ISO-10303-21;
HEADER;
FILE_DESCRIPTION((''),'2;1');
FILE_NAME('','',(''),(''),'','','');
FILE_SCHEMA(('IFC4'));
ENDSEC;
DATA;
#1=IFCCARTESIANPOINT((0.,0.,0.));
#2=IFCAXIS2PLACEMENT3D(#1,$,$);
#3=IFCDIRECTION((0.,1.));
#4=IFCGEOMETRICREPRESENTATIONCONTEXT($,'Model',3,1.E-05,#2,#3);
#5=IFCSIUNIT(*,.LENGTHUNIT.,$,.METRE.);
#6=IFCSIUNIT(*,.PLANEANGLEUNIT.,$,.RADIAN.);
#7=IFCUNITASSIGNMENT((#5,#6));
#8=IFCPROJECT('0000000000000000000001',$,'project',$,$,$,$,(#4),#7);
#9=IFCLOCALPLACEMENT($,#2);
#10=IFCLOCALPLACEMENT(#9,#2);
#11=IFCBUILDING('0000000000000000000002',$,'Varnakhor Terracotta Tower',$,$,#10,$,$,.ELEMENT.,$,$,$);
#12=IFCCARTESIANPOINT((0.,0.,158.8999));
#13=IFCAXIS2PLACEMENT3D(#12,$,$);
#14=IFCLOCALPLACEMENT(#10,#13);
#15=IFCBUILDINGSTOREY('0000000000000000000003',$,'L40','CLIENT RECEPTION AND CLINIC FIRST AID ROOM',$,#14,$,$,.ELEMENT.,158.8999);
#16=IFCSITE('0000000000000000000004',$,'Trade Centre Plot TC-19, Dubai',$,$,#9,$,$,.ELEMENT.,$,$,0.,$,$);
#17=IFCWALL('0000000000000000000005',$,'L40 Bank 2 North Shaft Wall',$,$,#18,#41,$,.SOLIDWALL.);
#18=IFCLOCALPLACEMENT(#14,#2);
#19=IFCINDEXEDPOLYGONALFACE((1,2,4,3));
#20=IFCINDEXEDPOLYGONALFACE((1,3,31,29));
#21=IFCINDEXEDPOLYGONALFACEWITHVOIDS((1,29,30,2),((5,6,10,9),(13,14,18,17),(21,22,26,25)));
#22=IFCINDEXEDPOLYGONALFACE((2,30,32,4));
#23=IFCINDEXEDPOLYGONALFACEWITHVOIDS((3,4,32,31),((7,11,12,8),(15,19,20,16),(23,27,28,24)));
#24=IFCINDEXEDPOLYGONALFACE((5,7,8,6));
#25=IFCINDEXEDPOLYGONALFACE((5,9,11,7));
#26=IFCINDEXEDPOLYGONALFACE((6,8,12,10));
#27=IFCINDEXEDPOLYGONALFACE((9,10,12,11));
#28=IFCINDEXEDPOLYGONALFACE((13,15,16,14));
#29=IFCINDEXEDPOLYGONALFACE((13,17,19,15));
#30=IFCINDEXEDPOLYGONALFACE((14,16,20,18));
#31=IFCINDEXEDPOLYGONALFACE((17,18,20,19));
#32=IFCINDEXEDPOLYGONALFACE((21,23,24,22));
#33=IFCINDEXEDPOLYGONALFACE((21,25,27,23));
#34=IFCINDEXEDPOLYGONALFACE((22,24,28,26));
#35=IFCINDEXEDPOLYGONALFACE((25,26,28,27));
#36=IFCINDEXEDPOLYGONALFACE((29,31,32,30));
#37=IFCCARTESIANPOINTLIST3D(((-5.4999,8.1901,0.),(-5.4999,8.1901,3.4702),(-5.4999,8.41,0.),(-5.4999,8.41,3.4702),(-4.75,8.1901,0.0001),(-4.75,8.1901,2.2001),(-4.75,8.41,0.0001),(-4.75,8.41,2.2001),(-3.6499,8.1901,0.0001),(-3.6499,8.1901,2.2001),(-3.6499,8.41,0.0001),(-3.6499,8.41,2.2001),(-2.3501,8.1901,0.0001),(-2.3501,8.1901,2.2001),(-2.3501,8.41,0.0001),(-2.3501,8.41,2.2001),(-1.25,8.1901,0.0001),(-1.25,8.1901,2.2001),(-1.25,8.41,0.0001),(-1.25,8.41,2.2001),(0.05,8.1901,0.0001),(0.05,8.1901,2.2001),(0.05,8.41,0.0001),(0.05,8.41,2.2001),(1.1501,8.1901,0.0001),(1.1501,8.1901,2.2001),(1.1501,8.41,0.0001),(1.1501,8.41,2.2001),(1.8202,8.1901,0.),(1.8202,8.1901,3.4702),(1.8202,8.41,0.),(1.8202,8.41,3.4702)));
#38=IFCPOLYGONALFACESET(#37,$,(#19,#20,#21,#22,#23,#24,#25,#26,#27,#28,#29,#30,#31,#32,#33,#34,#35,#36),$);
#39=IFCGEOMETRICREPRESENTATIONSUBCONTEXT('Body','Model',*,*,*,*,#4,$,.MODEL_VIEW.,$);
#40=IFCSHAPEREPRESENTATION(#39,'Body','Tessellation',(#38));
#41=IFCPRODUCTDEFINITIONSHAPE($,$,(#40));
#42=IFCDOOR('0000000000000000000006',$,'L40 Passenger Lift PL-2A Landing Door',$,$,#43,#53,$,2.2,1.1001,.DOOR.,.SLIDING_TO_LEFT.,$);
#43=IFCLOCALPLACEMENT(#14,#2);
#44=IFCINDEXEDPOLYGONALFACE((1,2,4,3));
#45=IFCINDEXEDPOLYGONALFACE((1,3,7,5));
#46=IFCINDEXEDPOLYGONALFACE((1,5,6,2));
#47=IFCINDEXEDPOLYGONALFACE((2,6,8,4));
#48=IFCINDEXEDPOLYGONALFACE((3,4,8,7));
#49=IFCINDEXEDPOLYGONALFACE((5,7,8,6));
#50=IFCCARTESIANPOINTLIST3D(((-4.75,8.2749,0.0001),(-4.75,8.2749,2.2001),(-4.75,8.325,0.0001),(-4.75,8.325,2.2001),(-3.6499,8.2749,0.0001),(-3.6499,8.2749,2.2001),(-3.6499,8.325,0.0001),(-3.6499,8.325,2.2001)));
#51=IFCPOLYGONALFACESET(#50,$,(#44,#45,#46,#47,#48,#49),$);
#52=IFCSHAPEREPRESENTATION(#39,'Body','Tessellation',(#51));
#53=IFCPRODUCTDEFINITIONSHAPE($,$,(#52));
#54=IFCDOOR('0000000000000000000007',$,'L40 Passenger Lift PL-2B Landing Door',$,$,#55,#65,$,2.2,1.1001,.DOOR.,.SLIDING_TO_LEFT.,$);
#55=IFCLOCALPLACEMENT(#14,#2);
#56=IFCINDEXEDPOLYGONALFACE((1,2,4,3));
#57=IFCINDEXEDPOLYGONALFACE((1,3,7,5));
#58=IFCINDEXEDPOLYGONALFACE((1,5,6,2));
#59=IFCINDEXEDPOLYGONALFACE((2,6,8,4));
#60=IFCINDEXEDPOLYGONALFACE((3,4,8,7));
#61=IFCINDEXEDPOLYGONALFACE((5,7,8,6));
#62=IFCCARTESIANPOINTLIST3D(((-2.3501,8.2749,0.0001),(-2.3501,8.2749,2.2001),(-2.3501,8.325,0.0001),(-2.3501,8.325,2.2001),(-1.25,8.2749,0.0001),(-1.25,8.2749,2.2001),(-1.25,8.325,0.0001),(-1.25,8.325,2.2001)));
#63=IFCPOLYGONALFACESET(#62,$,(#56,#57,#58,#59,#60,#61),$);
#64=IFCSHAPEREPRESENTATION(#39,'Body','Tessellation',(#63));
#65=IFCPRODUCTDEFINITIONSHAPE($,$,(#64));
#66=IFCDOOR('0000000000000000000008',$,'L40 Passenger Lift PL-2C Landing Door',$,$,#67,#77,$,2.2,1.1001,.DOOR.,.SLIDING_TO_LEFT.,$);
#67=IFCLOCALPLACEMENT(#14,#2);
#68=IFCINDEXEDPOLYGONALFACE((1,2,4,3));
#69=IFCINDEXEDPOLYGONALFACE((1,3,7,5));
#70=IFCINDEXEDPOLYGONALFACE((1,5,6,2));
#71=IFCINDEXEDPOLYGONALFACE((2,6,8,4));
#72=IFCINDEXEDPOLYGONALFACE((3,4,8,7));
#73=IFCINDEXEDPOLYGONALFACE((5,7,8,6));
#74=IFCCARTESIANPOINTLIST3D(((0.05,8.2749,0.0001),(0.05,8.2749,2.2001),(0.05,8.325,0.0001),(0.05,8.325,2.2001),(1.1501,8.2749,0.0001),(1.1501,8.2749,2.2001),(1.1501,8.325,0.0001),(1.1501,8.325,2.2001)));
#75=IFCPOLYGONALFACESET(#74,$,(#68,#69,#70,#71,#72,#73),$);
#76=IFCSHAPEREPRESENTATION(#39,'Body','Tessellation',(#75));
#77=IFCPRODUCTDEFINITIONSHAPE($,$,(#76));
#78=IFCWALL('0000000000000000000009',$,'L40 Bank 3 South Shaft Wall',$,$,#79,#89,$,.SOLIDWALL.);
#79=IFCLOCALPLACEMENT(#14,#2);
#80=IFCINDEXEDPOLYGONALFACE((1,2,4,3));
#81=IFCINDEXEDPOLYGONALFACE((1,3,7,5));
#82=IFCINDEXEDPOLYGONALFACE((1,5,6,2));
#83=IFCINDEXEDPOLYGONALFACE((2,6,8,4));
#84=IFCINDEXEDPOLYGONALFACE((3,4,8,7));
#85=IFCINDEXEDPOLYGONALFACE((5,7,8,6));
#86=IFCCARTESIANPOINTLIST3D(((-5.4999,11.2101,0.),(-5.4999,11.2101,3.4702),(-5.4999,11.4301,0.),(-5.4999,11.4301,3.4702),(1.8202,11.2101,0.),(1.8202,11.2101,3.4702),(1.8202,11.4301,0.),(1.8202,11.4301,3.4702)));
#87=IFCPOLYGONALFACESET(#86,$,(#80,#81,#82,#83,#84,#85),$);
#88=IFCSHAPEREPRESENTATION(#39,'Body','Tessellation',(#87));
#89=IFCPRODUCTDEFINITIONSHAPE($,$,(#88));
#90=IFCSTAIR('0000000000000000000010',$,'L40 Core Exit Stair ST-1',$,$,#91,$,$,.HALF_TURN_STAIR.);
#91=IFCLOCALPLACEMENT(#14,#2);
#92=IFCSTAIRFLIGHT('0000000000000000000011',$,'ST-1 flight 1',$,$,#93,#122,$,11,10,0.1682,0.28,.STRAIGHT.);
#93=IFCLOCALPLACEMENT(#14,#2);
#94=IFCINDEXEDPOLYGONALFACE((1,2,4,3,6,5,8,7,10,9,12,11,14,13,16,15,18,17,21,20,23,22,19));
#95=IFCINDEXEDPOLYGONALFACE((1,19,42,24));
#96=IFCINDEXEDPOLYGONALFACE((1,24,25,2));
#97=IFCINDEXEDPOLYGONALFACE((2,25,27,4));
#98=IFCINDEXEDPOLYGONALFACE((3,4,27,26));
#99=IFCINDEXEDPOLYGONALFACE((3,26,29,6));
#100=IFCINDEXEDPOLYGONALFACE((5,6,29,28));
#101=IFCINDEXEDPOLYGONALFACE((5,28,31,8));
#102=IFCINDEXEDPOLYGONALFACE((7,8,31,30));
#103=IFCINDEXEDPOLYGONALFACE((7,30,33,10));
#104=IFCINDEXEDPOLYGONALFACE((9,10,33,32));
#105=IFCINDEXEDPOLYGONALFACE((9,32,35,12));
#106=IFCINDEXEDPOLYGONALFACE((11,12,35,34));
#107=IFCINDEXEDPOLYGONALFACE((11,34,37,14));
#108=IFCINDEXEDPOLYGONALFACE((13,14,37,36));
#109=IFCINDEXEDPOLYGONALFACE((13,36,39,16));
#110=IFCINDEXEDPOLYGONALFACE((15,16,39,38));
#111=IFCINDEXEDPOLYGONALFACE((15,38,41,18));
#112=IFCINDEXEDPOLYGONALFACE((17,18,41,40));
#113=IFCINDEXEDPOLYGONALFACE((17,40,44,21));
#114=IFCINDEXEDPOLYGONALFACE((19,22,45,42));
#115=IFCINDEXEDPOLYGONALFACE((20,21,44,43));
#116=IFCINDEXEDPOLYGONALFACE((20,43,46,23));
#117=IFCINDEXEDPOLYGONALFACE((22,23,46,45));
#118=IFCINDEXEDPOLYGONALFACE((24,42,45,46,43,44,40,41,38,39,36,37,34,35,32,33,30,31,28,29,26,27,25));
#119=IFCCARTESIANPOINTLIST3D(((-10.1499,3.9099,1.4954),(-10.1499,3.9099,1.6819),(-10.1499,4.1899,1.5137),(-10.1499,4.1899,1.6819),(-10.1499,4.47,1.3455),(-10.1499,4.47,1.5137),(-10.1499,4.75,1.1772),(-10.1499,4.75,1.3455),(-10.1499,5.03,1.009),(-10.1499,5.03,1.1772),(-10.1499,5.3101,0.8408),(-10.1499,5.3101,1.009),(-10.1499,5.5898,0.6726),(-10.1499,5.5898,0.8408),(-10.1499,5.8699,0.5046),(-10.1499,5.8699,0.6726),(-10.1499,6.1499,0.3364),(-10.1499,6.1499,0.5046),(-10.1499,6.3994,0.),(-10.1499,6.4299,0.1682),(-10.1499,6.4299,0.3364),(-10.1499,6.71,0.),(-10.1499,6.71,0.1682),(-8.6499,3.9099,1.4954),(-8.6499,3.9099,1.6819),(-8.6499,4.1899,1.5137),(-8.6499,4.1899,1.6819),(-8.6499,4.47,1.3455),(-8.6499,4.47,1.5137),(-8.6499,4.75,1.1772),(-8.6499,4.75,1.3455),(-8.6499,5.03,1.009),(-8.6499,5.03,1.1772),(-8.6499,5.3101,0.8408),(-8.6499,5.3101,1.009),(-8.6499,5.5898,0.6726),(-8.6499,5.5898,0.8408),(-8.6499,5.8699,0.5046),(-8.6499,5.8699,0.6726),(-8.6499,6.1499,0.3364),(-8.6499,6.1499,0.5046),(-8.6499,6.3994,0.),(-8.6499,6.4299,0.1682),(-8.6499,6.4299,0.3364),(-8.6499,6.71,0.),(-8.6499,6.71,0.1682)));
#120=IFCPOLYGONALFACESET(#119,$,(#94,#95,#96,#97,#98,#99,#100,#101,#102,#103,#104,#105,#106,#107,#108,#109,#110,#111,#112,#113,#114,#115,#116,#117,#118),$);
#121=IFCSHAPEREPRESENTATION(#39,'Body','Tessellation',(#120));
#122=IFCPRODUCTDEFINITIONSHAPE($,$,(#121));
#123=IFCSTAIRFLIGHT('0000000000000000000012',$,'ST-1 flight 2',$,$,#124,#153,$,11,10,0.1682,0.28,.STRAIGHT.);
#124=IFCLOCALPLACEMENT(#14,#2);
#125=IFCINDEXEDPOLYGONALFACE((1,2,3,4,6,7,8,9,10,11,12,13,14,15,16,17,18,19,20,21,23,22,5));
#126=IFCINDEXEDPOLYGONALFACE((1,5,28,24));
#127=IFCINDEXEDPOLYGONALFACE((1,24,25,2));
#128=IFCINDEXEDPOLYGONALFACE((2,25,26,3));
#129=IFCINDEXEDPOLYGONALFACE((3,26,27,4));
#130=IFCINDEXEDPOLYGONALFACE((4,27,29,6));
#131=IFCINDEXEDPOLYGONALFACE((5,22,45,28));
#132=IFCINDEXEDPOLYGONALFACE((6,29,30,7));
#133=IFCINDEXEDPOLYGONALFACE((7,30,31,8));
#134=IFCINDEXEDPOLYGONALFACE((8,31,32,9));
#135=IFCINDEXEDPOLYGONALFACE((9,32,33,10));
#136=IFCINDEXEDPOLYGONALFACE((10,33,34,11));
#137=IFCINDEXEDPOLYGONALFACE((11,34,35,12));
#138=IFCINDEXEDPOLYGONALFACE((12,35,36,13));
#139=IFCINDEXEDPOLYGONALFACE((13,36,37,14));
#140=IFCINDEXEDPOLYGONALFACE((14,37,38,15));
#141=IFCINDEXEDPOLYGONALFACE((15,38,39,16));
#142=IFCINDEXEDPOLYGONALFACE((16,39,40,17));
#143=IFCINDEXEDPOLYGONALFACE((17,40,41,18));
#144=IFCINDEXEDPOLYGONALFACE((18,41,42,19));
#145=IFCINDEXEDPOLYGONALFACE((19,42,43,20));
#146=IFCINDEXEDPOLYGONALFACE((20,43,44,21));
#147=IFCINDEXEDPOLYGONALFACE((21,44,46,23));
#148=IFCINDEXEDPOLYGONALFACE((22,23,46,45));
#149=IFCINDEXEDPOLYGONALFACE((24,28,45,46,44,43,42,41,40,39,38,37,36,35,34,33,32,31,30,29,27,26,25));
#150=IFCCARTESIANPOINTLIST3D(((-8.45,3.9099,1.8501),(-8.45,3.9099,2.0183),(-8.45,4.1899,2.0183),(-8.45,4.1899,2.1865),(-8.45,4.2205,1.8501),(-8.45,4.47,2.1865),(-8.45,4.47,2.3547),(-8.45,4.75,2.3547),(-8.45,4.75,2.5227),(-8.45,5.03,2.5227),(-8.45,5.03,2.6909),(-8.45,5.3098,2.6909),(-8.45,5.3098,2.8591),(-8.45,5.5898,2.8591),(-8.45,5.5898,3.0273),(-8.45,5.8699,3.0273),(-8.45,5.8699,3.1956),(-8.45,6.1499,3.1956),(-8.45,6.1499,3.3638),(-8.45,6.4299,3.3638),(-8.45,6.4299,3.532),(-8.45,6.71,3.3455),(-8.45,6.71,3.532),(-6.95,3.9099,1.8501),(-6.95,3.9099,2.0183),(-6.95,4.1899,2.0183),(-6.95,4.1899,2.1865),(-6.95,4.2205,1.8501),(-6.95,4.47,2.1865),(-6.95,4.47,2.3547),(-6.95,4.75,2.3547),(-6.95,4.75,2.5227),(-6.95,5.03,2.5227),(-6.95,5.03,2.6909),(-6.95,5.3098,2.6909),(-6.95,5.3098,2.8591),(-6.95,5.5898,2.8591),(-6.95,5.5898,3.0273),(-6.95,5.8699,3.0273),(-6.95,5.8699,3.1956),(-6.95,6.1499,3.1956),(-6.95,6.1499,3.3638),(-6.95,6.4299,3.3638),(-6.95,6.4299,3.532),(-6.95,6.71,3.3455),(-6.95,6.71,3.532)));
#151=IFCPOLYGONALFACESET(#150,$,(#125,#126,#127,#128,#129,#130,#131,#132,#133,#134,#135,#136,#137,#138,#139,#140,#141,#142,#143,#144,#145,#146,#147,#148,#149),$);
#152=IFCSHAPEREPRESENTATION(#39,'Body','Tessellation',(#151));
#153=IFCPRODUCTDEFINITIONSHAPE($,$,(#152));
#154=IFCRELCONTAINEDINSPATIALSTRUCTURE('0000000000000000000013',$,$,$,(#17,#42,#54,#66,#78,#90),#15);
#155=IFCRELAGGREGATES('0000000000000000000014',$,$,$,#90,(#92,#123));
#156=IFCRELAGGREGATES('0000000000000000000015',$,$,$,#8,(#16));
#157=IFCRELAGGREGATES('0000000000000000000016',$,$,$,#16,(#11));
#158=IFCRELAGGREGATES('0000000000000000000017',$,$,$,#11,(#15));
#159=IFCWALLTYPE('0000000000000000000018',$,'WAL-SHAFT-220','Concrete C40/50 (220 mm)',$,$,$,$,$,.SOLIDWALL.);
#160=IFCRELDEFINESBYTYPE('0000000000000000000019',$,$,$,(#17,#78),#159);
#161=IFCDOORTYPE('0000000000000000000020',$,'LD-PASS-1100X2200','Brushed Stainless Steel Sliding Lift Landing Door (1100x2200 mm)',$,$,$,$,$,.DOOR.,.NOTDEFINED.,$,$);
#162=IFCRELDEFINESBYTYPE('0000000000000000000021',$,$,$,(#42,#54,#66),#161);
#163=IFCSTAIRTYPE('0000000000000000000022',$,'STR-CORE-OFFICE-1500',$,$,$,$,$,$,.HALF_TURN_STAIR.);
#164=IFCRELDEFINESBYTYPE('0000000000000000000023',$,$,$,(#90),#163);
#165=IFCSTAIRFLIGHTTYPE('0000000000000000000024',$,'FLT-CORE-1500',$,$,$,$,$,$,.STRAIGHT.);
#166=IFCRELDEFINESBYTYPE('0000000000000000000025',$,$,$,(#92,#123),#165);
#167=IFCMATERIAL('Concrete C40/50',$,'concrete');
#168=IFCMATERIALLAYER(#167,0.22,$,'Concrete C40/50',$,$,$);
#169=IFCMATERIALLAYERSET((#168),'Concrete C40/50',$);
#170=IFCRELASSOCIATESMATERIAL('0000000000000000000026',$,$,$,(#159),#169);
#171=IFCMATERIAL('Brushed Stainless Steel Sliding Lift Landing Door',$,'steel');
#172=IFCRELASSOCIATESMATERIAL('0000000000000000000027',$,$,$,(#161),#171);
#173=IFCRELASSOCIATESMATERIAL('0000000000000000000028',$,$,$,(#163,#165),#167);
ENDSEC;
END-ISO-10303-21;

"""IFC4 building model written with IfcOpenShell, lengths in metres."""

from ifc_helpers import new_model, si_unit, direction, frame, frame_2d, origin, place, context, subcontext, project, spatial, polyline, rectangle, outline, extrude, source, transform, mapped, material, layer, layer_set, type_object, type_shapes, element, fill, aggregate, save


model = new_model("IFC4")

# Units and contexts
model_context = context("Model", 3, precision=1e-05, world=origin(), true_north=direction((0.0, 1.0)))
body_context = subcontext(model_context, "Body", "Model", "MODEL_VIEW")
ifc_project = project(units=[si_unit("LENGTHUNIT", "METRE"), si_unit("PLANEANGLEUNIT", "RADIAN")], contexts=[model_context])

# Site, building, storey
site_placement = place(None, origin())
site = spatial("IfcSite", under=ifc_project, at=site_placement, Name="Trade Centre Plot TC-19, Dubai", CompositionType="ELEMENT", RefElevation=0.0)
building_placement = place(site_placement, origin())
building = spatial("IfcBuilding", under=site, at=building_placement, Name="Varnakhor Terracotta Tower", CompositionType="ELEMENT")
storey_placement = place(building_placement, frame((0.0, 0.0, 158.8999)))
storey = spatial("IfcBuildingStorey", under=building, at=storey_placement, Name="L40", Description="CLIENT RECEPTION AND CLINIC FIRST AID ROOM", CompositionType="ELEMENT", Elevation=158.8999)

# Shared definitions
ifc_material_1 = material(Name="Concrete C40/50", Category="concrete")

# Shared definitions
ifc_layer_1 = layer(ifc_material_1, 0.22, Name="Concrete C40/50")
ifc_layer_set_1 = layer_set([ifc_layer_1], Name="Concrete C40/50")
wall_type_1 = type_object("IfcWallType", Name="WAL-SHAFT-220", Description="Concrete C40/50 (220 mm)", PredefinedType="SOLIDWALL", material=ifc_layer_set_1)

# Wall, openings, doors
wall_1_placement = place(storey_placement, frame((-5.5, 8.3, 0.0), z_axis=(0.0, 0.0, 1.0), x_axis=(1.0, 0.0, 0.0)))
wall_1 = element("IfcWall", 1, at=wall_1_placement, inside=storey, type_object=wall_type_1, Name="L40 Bank 2 North Shaft Wall", PredefinedType="SOLIDWALL", context=body_context, shape_type="SweptSolid", body=[
    extrude(rectangle(XDim=7.3201, YDim=0.22, at=frame_2d((3.6602, 0.0))), origin(), (0.0, 0.0, 1.0), 3.4702),
])
opening_1_placement = place(wall_1_placement, frame((0.75, 0.0, 0.0)))
opening_1 = element("IfcOpeningElement", 2, at=opening_1_placement, cuts=wall_1, PredefinedType="OPENING", context=body_context, shape_type="SweptSolid", body=[
    extrude(rectangle(XDim=1.1001, YDim=2.2, at=frame_2d((0.55, 1.1001))), frame((0.0, 0.1201, 0.0), z_axis=(0.0, -1.0, 0.0), x_axis=(1.0, 0.0, 0.0)), (0.0, 0.0, 1.0), 0.24),
])
opening_2_placement = place(wall_1_placement, frame((3.1499, 0.0, 0.0)))
opening_2 = element("IfcOpeningElement", 3, at=opening_2_placement, cuts=wall_1, PredefinedType="OPENING", context=body_context, shape_type="SweptSolid", body=[
    extrude(rectangle(XDim=1.1001, YDim=2.2, at=frame_2d((0.55, 1.1001))), frame((0.0, 0.1201, 0.0), z_axis=(0.0, -1.0, 0.0), x_axis=(1.0, 0.0, 0.0)), (0.0, 0.0, 1.0), 0.24),
])
opening_3_placement = place(wall_1_placement, frame((5.55, 0.0, 0.0)))
opening_3 = element("IfcOpeningElement", 4, at=opening_3_placement, cuts=wall_1, PredefinedType="OPENING", context=body_context, shape_type="SweptSolid", body=[
    extrude(rectangle(XDim=1.1001, YDim=2.2, at=frame_2d((0.55, 1.1001))), frame((0.0, 0.1201, 0.0), z_axis=(0.0, -1.0, 0.0), x_axis=(1.0, 0.0, 0.0)), (0.0, 0.0, 1.0), 0.24),
])
ifc_material_2 = material(Name="Brushed Stainless Steel Sliding Lift Landing Door", Category="steel")
door_type_1 = type_object("IfcDoorType", Name="LD-PASS-1100X2200", Description="Brushed Stainless Steel Sliding Lift Landing Door (1100x2200 mm)", OperationType="NOTDEFINED", PredefinedType="DOOR", material=ifc_material_2)
shared_shape_1 = source(origin(), body_context, "Body", "SweptSolid", [
    extrude(rectangle(XDim=1.1001, YDim=2.2, at=frame_2d((0.55, 1.1001))), frame((0.0, 0.0249, 0.0), z_axis=(0.0, -1.0, 0.0), x_axis=(1.0, 0.0, 0.0)), (0.0, 0.0, 1.0), 0.05),
])
type_shapes(door_type_1, [shared_shape_1])
door_1_placement = place(opening_1_placement, origin())
door_1 = element("IfcDoor", 5, at=door_1_placement, inside=storey, type_object=door_type_1, Name="L40 Passenger Lift PL-2A Landing Door", OperationType="SLIDING_TO_LEFT", OverallHeight=2.2, OverallWidth=1.1001, PredefinedType="DOOR", context=body_context, shape_type="MappedRepresentation", body=[
    mapped(shared_shape_1, transform((0.0, 0.0, 0.0), scale=1.0)),
])
fill(opening_1, door_1)
door_2_placement = place(opening_2_placement, origin())
door_2 = element("IfcDoor", 6, at=door_2_placement, inside=storey, type_object=door_type_1, Name="L40 Passenger Lift PL-2B Landing Door", OperationType="SLIDING_TO_LEFT", OverallHeight=2.2, OverallWidth=1.1001, PredefinedType="DOOR", context=body_context, shape_type="MappedRepresentation", body=[
    mapped(shared_shape_1, transform((0.0, 0.0, 0.0), scale=1.0)),
])
fill(opening_2, door_2)
door_3_placement = place(opening_3_placement, origin())
door_3 = element("IfcDoor", 7, at=door_3_placement, inside=storey, type_object=door_type_1, Name="L40 Passenger Lift PL-2C Landing Door", OperationType="SLIDING_TO_LEFT", OverallHeight=2.2, OverallWidth=1.1001, PredefinedType="DOOR", context=body_context, shape_type="MappedRepresentation", body=[
    mapped(shared_shape_1, transform((0.0, 0.0, 0.0), scale=1.0)),
])
fill(opening_3, door_3)

# Wall
wall_2_placement = place(storey_placement, frame((-5.5, 11.3201, 0.0), z_axis=(0.0, 0.0, 1.0), x_axis=(1.0, 0.0, 0.0)))
element("IfcWall", 8, at=wall_2_placement, inside=storey, type_object=wall_type_1, Name="L40 Bank 3 South Shaft Wall", PredefinedType="SOLIDWALL", context=body_context, shape_type="SweptSolid", body=[
    extrude(rectangle(XDim=7.3201, YDim=0.22, at=frame_2d((3.6602, 0.0))), origin(), (0.0, 0.0, 1.0), 3.4702),
])

# Stair, stair flights
stair_type = type_object("IfcStairType", Name="STR-CORE-OFFICE-1500", PredefinedType="HALF_TURN_STAIR", material=ifc_material_1)
stair_placement = place(storey_placement, origin())
stair = element("IfcStair", 9, at=stair_placement, inside=storey, type_object=stair_type, Name="L40 Core Exit Stair ST-1", PredefinedType="HALF_TURN_STAIR")
stair_flight_type = type_object("IfcStairFlightType", Name="FLT-CORE-1500", PredefinedType="STRAIGHT", material=ifc_material_1)
stair_flight_1_placement = place(storey_placement, frame((-9.3999, 6.71, 0.0), z_axis=(0.0, 0.0, 1.0), x_axis=(0.0, -1.0, 0.0)))
stair_flight_1 = element("IfcStairFlight", 10, at=stair_flight_1_placement, type_object=stair_flight_type, Name="ST-1 flight 1", NumberOfRisers=11, NumberOfTreads=10, PredefinedType="STRAIGHT", RiserHeight=0.1682, TreadLength=0.28, context=body_context, shape_type="SweptSolid", body=[
    extrude(outline(polyline([(0.0, 0.0), (0.0, 0.1682), (0.28, 0.1682), (0.28, 0.3364), (0.5601, 0.3364), (0.5601, 0.5046), (0.8401, 0.5046), (0.8401, 0.6726), (1.1201, 0.6726), (1.1201, 0.8408), (1.3999, 0.8408), (1.3999, 1.009), (1.6799, 1.009), (1.6799, 1.1772), (1.96, 1.1772), (1.96, 1.3455), (2.24, 1.3455), (2.24, 1.5137), (2.52, 1.5137), (2.52, 1.6819), (2.8, 1.6819), (2.8, 1.8501), (2.8, 1.4954), (0.3105, 0.0), (0.0, 0.0)])), frame((0.0, 0.75, 0.0), z_axis=(0.0, -1.0, 0.0), x_axis=(1.0, 0.0, 0.0)), (0.0, 0.0, 1.0), 1.5),
])
stair_flight_2_placement = place(storey_placement, frame((-7.7, 3.9099, 1.8501), z_axis=(0.0, 0.0, 1.0), x_axis=(0.0, 1.0, 0.0)))
stair_flight_2 = element("IfcStairFlight", 11, at=stair_flight_2_placement, type_object=stair_flight_type, Name="ST-1 flight 2", NumberOfRisers=11, NumberOfTreads=10, PredefinedType="STRAIGHT", RiserHeight=0.1682, TreadLength=0.28, context=body_context, shape_type="SweptSolid", body=[
    extrude(outline(polyline([(0.0, 0.0), (0.0, 0.1682), (0.28, 0.1682), (0.28, 0.3364), (0.5601, 0.3364), (0.5601, 0.5046), (0.8401, 0.5046), (0.8401, 0.6726), (1.1201, 0.6726), (1.1201, 0.8408), (1.3999, 0.8408), (1.3999, 1.009), (1.6799, 1.009), (1.6799, 1.1772), (1.96, 1.1772), (1.96, 1.3455), (2.24, 1.3455), (2.24, 1.5137), (2.52, 1.5137), (2.52, 1.6819), (2.8, 1.6819), (2.8, 1.8501), (2.8, 1.4954), (0.3105, 0.0), (0.0, 0.0)])), frame((0.0, 0.75, 0.0), z_axis=(0.0, -1.0, 0.0), x_axis=(1.0, 0.0, 0.0)), (0.0, 0.0, 1.0), 1.5),
])
aggregate(stair, [stair_flight_1, stair_flight_2])

save(model, "model.ifc")
